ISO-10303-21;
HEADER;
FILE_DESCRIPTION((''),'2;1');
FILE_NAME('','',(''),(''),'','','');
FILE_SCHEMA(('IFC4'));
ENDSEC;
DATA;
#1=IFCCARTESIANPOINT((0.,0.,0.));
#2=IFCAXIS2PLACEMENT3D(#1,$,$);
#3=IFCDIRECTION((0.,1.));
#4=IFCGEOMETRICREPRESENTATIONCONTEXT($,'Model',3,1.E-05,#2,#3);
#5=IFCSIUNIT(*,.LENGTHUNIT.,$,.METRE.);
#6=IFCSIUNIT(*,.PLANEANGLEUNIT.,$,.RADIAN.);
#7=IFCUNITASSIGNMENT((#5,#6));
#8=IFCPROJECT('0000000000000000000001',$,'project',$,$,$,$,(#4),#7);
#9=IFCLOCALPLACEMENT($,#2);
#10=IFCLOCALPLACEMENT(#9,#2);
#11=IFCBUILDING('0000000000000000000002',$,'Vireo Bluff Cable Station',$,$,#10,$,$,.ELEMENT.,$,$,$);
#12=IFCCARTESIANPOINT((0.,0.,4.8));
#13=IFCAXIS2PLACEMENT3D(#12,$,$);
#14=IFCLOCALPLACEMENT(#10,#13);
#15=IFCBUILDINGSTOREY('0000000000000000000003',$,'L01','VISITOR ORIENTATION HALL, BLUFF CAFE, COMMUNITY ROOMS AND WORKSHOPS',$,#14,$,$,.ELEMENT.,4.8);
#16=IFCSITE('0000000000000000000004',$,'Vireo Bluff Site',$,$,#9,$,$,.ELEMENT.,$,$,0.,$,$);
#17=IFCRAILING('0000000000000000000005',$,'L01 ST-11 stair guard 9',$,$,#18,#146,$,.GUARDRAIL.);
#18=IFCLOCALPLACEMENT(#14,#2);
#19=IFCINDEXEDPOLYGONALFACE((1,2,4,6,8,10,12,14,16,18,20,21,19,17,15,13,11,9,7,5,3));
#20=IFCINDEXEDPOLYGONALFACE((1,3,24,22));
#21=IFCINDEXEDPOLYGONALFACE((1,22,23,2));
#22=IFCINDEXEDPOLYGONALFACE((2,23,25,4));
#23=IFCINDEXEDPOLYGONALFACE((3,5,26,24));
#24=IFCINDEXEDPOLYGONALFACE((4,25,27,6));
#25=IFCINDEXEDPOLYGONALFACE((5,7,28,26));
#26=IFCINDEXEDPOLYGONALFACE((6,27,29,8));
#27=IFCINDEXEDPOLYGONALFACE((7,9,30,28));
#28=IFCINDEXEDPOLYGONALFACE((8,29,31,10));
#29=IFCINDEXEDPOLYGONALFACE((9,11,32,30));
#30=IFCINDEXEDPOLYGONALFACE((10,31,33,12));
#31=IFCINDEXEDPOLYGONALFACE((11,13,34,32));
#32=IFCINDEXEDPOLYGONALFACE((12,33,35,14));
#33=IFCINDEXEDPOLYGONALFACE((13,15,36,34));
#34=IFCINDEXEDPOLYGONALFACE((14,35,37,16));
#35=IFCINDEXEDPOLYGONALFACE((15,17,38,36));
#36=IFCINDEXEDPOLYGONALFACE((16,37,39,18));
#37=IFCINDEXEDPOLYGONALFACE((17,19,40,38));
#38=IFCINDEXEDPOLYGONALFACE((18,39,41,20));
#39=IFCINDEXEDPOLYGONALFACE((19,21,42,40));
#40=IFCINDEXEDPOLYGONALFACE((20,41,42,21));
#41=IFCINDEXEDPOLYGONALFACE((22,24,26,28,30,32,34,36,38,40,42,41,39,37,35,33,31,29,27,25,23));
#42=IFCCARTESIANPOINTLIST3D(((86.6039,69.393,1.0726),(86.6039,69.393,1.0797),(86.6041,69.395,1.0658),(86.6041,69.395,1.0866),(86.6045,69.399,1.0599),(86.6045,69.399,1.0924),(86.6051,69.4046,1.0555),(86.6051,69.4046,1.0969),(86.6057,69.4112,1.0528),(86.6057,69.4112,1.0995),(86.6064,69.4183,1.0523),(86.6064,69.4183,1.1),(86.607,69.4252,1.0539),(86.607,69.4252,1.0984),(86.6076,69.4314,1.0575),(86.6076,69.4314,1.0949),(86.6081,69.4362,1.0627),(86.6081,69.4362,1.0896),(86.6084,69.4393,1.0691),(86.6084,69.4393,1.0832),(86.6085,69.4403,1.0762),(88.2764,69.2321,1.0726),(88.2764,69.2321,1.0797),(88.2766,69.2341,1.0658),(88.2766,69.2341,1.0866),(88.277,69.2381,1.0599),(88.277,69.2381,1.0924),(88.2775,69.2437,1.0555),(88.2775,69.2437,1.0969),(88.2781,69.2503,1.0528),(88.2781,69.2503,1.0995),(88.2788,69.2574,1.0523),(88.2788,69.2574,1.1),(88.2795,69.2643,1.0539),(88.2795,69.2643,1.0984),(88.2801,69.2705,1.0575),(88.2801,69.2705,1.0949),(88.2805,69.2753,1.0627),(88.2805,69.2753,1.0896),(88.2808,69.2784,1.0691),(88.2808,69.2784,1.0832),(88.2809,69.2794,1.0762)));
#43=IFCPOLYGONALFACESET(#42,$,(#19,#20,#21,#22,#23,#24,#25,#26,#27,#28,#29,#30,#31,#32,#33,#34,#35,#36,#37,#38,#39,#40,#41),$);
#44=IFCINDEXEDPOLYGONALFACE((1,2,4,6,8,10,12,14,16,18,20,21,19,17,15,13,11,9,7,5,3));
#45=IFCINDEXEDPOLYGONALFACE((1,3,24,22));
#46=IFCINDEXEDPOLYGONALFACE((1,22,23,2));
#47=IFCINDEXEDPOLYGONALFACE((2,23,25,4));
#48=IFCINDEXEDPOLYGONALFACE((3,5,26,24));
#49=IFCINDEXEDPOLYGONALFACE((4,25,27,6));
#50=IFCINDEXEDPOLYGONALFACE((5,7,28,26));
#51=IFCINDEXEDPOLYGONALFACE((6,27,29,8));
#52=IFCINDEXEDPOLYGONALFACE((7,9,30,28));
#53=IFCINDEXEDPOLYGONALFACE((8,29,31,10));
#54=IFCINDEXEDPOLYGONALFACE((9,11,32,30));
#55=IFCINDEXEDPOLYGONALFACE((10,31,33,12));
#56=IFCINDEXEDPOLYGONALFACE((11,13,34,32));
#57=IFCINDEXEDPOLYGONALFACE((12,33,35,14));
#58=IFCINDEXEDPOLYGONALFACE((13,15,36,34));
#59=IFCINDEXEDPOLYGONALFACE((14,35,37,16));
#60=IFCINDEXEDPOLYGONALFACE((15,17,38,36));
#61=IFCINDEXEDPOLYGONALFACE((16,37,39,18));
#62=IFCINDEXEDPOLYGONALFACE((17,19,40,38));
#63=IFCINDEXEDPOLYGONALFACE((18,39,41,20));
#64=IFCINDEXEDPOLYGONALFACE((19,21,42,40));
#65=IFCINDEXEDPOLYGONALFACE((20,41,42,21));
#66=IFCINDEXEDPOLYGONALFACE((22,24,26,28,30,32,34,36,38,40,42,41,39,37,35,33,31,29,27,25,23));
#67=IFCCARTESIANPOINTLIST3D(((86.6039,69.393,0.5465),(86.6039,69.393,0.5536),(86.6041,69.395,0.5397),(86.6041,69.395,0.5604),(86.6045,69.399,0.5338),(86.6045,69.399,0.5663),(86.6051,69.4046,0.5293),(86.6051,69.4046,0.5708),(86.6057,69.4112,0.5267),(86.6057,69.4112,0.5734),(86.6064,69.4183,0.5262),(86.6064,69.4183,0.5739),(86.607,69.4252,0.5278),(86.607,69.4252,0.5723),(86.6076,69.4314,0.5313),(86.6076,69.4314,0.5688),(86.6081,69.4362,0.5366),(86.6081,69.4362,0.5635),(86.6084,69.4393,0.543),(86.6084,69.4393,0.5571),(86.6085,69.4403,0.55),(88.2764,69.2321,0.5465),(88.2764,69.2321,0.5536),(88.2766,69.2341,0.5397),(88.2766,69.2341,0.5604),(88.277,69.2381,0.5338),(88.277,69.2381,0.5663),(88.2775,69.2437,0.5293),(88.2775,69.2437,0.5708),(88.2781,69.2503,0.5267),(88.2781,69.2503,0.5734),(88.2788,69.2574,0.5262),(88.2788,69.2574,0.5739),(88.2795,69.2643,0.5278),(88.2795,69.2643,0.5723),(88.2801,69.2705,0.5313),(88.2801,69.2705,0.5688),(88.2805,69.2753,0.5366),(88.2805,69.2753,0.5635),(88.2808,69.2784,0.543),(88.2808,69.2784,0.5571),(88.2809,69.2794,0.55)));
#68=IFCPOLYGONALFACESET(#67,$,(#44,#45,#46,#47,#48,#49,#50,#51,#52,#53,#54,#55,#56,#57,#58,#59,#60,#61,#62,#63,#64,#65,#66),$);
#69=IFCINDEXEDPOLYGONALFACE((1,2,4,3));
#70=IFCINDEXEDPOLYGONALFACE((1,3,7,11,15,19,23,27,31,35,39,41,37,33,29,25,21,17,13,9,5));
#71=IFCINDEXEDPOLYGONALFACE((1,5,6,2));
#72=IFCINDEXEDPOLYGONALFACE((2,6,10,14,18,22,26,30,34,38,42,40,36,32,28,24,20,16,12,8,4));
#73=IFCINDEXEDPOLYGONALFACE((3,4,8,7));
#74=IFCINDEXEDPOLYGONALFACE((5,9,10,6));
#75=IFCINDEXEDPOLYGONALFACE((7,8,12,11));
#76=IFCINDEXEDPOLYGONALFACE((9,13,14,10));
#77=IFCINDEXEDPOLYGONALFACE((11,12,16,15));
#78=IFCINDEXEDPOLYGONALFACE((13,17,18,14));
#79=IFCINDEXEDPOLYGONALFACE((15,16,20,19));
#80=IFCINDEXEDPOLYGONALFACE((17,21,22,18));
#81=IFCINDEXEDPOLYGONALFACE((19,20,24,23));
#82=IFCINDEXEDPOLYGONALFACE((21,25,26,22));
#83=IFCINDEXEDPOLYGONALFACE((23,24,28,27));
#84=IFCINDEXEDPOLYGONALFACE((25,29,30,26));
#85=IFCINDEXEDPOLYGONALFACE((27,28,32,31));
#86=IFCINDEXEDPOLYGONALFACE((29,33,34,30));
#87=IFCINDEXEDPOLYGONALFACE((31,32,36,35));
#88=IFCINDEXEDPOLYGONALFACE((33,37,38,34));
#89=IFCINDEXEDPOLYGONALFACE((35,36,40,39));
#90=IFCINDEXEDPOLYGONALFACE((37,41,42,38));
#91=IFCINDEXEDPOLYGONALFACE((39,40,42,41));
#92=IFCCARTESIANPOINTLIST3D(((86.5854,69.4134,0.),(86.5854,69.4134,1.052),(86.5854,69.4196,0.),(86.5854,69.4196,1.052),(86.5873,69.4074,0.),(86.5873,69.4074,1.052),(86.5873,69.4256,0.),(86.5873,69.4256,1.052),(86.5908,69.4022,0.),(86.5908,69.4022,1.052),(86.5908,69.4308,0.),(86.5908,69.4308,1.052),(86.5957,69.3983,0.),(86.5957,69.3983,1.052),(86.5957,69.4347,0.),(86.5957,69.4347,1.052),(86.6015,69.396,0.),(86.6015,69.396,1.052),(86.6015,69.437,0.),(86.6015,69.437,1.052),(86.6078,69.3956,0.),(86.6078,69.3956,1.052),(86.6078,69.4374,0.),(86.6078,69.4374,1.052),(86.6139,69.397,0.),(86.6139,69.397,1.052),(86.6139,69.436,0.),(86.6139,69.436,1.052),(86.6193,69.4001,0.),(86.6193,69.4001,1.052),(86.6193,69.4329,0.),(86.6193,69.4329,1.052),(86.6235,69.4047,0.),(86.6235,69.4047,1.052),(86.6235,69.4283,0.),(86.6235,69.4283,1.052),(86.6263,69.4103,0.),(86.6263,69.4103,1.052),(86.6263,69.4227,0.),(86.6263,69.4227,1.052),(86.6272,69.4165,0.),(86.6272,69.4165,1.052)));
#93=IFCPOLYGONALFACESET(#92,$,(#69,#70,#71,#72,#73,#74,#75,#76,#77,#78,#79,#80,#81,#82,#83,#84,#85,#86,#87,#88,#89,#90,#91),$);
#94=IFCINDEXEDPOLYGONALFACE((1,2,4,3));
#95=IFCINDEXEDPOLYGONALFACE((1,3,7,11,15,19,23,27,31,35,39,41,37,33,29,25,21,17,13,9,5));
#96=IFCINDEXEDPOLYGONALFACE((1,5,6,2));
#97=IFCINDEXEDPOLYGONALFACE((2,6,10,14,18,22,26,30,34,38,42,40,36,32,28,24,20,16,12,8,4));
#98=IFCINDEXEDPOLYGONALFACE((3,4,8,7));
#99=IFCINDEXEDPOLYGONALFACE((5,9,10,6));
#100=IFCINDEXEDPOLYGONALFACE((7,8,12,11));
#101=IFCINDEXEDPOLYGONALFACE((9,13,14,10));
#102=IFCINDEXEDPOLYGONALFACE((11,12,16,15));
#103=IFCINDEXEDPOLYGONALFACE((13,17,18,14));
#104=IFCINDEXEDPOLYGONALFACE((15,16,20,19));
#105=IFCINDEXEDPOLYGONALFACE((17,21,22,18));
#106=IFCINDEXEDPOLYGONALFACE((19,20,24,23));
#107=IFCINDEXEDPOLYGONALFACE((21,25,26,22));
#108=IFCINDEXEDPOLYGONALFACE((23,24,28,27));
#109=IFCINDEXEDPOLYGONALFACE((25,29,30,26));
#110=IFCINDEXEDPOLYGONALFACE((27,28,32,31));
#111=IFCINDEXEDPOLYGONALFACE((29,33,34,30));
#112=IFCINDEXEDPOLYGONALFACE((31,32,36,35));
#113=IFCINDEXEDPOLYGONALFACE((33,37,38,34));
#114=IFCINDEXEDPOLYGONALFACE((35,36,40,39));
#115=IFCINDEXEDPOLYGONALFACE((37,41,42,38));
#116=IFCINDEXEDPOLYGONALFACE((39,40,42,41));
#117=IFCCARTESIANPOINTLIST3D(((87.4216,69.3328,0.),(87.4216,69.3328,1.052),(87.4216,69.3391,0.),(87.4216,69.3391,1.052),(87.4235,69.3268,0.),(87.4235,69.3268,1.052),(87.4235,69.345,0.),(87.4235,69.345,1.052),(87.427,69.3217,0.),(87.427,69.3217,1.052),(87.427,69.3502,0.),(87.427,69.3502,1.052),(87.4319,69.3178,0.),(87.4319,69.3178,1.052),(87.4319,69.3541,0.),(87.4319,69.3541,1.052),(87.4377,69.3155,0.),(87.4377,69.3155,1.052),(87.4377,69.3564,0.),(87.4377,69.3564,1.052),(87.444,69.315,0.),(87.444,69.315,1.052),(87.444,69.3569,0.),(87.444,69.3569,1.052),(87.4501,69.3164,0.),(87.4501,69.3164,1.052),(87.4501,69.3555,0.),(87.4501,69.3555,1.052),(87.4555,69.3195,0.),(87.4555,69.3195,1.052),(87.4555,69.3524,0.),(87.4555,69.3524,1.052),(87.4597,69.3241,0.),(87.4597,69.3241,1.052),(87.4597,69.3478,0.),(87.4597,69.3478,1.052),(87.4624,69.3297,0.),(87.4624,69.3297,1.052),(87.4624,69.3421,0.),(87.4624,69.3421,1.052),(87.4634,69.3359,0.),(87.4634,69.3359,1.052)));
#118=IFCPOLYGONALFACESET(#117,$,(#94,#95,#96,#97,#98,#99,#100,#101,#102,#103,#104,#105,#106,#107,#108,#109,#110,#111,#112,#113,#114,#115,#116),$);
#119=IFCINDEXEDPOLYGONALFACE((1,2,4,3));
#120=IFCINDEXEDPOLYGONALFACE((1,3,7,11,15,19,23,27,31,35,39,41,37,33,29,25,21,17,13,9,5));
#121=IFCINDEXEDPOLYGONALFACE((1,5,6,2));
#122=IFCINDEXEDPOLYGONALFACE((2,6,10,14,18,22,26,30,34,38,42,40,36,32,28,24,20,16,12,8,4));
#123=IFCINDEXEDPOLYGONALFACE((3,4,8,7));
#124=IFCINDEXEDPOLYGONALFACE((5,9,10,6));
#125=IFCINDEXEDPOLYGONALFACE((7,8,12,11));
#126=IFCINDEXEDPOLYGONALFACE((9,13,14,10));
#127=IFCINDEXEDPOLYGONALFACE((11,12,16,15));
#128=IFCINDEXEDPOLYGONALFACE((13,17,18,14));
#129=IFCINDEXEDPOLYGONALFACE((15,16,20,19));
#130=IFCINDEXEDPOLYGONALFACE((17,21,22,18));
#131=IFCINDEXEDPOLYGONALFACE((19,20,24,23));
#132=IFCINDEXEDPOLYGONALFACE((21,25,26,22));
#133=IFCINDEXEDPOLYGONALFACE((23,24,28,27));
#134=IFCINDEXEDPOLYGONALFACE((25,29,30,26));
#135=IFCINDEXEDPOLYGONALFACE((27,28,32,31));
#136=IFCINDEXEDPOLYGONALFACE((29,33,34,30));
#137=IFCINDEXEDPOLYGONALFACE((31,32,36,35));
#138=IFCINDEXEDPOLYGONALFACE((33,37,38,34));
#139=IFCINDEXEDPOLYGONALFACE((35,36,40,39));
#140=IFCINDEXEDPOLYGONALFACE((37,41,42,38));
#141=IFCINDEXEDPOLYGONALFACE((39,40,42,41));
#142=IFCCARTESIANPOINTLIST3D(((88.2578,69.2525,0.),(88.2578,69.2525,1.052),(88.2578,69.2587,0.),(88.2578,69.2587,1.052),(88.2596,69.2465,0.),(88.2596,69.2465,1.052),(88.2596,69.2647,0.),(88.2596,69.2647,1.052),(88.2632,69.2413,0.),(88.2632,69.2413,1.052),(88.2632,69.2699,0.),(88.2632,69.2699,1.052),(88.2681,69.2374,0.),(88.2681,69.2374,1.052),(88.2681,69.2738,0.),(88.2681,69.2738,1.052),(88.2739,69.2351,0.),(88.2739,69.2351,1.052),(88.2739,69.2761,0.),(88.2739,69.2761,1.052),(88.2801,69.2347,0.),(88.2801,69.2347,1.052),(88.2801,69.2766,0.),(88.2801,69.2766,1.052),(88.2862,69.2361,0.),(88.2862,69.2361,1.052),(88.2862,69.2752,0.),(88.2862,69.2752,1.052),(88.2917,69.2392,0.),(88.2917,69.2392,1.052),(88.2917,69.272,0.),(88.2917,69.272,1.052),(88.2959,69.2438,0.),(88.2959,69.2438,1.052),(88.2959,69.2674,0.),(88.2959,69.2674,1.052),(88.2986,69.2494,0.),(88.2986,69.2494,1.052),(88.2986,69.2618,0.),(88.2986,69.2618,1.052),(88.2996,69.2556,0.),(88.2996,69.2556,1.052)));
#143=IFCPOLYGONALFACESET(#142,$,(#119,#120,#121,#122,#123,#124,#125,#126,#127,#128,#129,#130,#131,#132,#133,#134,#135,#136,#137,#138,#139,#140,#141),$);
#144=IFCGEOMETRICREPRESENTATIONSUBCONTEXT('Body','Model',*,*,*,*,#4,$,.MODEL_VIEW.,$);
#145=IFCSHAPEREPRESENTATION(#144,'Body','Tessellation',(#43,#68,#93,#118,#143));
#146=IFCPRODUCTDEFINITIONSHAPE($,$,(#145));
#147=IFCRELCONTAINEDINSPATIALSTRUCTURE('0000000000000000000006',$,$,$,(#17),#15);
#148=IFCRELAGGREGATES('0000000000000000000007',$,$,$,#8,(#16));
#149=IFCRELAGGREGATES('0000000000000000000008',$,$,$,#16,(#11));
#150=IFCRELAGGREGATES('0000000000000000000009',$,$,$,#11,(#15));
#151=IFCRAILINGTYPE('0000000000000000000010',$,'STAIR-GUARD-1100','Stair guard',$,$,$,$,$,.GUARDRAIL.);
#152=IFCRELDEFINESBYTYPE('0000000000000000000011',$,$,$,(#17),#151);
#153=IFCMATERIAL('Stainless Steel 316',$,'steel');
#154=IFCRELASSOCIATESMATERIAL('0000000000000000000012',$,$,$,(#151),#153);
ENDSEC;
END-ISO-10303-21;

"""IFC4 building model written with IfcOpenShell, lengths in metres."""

from ifc_helpers import new_model, si_unit, direction, frame, origin, origin_2d, place, context, subcontext, project, spatial, circle, extrude, material, type_object, element, save


model = new_model("IFC4")

# Units and contexts
model_context = context("Model", 3, precision=1e-05, world=origin(), true_north=direction((0.0, 1.0)))
body_context = subcontext(model_context, "Body", "Model", "MODEL_VIEW")
ifc_project = project(units=[si_unit("LENGTHUNIT", "METRE"), si_unit("PLANEANGLEUNIT", "RADIAN")], contexts=[model_context])

# Site, building, storey
site_placement = place(None, origin())
site = spatial("IfcSite", under=ifc_project, at=site_placement, Name="Vireo Bluff Site", CompositionType="ELEMENT", RefElevation=0.0)
building_placement = place(site_placement, origin())
building = spatial("IfcBuilding", under=site, at=building_placement, Name="Vireo Bluff Cable Station", CompositionType="ELEMENT")
storey_placement = place(building_placement, frame((0.0, 0.0, 4.8)))
storey = spatial("IfcBuildingStorey", under=building, at=storey_placement, Name="L01", Description="VISITOR ORIENTATION HALL, BLUFF CAFE, COMMUNITY ROOMS AND WORKSHOPS", CompositionType="ELEMENT", Elevation=4.8)

# Railing
ifc_material_1 = material(Name="Stainless Steel 316", Category="steel")
railing_type_1 = type_object("IfcRailingType", Name="STAIR-GUARD-1100", Description="Stair guard", PredefinedType="GUARDRAIL", material=ifc_material_1)
railing_1_placement = place(storey_placement, frame((86.6062, 69.4165, 0.0)))
element("IfcRailing", 1, at=railing_1_placement, inside=storey, type_object=railing_type_1, Name="L01 ST-11 stair guard 9", PredefinedType="GUARDRAIL", context=body_context, shape_type="SweptSolid", body=[
    extrude(circle(Radius=0.0239, at=origin_2d()), frame((0.0, 0.0, 1.0762), z_axis=(0.995404, -0.095762, 0.0), x_axis=(0.095762, 0.995404, 0.0)), (0.0, 0.0, 1.0), 1.6802),
    extrude(circle(Radius=0.0239, at=origin_2d()), frame((0.0, 0.0, 0.55), z_axis=(0.995404, -0.095762, 0.0), x_axis=(0.095762, 0.995404, 0.0)), (0.0, 0.0, 1.0), 1.6802),
    extrude(circle(Radius=0.021, at=origin_2d()), origin(), (0.0, 0.0, 1.0), 1.052),
    extrude(circle(Radius=0.021, at=origin_2d()), frame((0.8362, -0.0806, 0.0)), (0.0, 0.0, 1.0), 1.052),
    extrude(circle(Radius=0.021, at=origin_2d()), frame((1.6724, -0.1609, 0.0)), (0.0, 0.0, 1.0), 1.052),
])

save(model, "model.ifc")
